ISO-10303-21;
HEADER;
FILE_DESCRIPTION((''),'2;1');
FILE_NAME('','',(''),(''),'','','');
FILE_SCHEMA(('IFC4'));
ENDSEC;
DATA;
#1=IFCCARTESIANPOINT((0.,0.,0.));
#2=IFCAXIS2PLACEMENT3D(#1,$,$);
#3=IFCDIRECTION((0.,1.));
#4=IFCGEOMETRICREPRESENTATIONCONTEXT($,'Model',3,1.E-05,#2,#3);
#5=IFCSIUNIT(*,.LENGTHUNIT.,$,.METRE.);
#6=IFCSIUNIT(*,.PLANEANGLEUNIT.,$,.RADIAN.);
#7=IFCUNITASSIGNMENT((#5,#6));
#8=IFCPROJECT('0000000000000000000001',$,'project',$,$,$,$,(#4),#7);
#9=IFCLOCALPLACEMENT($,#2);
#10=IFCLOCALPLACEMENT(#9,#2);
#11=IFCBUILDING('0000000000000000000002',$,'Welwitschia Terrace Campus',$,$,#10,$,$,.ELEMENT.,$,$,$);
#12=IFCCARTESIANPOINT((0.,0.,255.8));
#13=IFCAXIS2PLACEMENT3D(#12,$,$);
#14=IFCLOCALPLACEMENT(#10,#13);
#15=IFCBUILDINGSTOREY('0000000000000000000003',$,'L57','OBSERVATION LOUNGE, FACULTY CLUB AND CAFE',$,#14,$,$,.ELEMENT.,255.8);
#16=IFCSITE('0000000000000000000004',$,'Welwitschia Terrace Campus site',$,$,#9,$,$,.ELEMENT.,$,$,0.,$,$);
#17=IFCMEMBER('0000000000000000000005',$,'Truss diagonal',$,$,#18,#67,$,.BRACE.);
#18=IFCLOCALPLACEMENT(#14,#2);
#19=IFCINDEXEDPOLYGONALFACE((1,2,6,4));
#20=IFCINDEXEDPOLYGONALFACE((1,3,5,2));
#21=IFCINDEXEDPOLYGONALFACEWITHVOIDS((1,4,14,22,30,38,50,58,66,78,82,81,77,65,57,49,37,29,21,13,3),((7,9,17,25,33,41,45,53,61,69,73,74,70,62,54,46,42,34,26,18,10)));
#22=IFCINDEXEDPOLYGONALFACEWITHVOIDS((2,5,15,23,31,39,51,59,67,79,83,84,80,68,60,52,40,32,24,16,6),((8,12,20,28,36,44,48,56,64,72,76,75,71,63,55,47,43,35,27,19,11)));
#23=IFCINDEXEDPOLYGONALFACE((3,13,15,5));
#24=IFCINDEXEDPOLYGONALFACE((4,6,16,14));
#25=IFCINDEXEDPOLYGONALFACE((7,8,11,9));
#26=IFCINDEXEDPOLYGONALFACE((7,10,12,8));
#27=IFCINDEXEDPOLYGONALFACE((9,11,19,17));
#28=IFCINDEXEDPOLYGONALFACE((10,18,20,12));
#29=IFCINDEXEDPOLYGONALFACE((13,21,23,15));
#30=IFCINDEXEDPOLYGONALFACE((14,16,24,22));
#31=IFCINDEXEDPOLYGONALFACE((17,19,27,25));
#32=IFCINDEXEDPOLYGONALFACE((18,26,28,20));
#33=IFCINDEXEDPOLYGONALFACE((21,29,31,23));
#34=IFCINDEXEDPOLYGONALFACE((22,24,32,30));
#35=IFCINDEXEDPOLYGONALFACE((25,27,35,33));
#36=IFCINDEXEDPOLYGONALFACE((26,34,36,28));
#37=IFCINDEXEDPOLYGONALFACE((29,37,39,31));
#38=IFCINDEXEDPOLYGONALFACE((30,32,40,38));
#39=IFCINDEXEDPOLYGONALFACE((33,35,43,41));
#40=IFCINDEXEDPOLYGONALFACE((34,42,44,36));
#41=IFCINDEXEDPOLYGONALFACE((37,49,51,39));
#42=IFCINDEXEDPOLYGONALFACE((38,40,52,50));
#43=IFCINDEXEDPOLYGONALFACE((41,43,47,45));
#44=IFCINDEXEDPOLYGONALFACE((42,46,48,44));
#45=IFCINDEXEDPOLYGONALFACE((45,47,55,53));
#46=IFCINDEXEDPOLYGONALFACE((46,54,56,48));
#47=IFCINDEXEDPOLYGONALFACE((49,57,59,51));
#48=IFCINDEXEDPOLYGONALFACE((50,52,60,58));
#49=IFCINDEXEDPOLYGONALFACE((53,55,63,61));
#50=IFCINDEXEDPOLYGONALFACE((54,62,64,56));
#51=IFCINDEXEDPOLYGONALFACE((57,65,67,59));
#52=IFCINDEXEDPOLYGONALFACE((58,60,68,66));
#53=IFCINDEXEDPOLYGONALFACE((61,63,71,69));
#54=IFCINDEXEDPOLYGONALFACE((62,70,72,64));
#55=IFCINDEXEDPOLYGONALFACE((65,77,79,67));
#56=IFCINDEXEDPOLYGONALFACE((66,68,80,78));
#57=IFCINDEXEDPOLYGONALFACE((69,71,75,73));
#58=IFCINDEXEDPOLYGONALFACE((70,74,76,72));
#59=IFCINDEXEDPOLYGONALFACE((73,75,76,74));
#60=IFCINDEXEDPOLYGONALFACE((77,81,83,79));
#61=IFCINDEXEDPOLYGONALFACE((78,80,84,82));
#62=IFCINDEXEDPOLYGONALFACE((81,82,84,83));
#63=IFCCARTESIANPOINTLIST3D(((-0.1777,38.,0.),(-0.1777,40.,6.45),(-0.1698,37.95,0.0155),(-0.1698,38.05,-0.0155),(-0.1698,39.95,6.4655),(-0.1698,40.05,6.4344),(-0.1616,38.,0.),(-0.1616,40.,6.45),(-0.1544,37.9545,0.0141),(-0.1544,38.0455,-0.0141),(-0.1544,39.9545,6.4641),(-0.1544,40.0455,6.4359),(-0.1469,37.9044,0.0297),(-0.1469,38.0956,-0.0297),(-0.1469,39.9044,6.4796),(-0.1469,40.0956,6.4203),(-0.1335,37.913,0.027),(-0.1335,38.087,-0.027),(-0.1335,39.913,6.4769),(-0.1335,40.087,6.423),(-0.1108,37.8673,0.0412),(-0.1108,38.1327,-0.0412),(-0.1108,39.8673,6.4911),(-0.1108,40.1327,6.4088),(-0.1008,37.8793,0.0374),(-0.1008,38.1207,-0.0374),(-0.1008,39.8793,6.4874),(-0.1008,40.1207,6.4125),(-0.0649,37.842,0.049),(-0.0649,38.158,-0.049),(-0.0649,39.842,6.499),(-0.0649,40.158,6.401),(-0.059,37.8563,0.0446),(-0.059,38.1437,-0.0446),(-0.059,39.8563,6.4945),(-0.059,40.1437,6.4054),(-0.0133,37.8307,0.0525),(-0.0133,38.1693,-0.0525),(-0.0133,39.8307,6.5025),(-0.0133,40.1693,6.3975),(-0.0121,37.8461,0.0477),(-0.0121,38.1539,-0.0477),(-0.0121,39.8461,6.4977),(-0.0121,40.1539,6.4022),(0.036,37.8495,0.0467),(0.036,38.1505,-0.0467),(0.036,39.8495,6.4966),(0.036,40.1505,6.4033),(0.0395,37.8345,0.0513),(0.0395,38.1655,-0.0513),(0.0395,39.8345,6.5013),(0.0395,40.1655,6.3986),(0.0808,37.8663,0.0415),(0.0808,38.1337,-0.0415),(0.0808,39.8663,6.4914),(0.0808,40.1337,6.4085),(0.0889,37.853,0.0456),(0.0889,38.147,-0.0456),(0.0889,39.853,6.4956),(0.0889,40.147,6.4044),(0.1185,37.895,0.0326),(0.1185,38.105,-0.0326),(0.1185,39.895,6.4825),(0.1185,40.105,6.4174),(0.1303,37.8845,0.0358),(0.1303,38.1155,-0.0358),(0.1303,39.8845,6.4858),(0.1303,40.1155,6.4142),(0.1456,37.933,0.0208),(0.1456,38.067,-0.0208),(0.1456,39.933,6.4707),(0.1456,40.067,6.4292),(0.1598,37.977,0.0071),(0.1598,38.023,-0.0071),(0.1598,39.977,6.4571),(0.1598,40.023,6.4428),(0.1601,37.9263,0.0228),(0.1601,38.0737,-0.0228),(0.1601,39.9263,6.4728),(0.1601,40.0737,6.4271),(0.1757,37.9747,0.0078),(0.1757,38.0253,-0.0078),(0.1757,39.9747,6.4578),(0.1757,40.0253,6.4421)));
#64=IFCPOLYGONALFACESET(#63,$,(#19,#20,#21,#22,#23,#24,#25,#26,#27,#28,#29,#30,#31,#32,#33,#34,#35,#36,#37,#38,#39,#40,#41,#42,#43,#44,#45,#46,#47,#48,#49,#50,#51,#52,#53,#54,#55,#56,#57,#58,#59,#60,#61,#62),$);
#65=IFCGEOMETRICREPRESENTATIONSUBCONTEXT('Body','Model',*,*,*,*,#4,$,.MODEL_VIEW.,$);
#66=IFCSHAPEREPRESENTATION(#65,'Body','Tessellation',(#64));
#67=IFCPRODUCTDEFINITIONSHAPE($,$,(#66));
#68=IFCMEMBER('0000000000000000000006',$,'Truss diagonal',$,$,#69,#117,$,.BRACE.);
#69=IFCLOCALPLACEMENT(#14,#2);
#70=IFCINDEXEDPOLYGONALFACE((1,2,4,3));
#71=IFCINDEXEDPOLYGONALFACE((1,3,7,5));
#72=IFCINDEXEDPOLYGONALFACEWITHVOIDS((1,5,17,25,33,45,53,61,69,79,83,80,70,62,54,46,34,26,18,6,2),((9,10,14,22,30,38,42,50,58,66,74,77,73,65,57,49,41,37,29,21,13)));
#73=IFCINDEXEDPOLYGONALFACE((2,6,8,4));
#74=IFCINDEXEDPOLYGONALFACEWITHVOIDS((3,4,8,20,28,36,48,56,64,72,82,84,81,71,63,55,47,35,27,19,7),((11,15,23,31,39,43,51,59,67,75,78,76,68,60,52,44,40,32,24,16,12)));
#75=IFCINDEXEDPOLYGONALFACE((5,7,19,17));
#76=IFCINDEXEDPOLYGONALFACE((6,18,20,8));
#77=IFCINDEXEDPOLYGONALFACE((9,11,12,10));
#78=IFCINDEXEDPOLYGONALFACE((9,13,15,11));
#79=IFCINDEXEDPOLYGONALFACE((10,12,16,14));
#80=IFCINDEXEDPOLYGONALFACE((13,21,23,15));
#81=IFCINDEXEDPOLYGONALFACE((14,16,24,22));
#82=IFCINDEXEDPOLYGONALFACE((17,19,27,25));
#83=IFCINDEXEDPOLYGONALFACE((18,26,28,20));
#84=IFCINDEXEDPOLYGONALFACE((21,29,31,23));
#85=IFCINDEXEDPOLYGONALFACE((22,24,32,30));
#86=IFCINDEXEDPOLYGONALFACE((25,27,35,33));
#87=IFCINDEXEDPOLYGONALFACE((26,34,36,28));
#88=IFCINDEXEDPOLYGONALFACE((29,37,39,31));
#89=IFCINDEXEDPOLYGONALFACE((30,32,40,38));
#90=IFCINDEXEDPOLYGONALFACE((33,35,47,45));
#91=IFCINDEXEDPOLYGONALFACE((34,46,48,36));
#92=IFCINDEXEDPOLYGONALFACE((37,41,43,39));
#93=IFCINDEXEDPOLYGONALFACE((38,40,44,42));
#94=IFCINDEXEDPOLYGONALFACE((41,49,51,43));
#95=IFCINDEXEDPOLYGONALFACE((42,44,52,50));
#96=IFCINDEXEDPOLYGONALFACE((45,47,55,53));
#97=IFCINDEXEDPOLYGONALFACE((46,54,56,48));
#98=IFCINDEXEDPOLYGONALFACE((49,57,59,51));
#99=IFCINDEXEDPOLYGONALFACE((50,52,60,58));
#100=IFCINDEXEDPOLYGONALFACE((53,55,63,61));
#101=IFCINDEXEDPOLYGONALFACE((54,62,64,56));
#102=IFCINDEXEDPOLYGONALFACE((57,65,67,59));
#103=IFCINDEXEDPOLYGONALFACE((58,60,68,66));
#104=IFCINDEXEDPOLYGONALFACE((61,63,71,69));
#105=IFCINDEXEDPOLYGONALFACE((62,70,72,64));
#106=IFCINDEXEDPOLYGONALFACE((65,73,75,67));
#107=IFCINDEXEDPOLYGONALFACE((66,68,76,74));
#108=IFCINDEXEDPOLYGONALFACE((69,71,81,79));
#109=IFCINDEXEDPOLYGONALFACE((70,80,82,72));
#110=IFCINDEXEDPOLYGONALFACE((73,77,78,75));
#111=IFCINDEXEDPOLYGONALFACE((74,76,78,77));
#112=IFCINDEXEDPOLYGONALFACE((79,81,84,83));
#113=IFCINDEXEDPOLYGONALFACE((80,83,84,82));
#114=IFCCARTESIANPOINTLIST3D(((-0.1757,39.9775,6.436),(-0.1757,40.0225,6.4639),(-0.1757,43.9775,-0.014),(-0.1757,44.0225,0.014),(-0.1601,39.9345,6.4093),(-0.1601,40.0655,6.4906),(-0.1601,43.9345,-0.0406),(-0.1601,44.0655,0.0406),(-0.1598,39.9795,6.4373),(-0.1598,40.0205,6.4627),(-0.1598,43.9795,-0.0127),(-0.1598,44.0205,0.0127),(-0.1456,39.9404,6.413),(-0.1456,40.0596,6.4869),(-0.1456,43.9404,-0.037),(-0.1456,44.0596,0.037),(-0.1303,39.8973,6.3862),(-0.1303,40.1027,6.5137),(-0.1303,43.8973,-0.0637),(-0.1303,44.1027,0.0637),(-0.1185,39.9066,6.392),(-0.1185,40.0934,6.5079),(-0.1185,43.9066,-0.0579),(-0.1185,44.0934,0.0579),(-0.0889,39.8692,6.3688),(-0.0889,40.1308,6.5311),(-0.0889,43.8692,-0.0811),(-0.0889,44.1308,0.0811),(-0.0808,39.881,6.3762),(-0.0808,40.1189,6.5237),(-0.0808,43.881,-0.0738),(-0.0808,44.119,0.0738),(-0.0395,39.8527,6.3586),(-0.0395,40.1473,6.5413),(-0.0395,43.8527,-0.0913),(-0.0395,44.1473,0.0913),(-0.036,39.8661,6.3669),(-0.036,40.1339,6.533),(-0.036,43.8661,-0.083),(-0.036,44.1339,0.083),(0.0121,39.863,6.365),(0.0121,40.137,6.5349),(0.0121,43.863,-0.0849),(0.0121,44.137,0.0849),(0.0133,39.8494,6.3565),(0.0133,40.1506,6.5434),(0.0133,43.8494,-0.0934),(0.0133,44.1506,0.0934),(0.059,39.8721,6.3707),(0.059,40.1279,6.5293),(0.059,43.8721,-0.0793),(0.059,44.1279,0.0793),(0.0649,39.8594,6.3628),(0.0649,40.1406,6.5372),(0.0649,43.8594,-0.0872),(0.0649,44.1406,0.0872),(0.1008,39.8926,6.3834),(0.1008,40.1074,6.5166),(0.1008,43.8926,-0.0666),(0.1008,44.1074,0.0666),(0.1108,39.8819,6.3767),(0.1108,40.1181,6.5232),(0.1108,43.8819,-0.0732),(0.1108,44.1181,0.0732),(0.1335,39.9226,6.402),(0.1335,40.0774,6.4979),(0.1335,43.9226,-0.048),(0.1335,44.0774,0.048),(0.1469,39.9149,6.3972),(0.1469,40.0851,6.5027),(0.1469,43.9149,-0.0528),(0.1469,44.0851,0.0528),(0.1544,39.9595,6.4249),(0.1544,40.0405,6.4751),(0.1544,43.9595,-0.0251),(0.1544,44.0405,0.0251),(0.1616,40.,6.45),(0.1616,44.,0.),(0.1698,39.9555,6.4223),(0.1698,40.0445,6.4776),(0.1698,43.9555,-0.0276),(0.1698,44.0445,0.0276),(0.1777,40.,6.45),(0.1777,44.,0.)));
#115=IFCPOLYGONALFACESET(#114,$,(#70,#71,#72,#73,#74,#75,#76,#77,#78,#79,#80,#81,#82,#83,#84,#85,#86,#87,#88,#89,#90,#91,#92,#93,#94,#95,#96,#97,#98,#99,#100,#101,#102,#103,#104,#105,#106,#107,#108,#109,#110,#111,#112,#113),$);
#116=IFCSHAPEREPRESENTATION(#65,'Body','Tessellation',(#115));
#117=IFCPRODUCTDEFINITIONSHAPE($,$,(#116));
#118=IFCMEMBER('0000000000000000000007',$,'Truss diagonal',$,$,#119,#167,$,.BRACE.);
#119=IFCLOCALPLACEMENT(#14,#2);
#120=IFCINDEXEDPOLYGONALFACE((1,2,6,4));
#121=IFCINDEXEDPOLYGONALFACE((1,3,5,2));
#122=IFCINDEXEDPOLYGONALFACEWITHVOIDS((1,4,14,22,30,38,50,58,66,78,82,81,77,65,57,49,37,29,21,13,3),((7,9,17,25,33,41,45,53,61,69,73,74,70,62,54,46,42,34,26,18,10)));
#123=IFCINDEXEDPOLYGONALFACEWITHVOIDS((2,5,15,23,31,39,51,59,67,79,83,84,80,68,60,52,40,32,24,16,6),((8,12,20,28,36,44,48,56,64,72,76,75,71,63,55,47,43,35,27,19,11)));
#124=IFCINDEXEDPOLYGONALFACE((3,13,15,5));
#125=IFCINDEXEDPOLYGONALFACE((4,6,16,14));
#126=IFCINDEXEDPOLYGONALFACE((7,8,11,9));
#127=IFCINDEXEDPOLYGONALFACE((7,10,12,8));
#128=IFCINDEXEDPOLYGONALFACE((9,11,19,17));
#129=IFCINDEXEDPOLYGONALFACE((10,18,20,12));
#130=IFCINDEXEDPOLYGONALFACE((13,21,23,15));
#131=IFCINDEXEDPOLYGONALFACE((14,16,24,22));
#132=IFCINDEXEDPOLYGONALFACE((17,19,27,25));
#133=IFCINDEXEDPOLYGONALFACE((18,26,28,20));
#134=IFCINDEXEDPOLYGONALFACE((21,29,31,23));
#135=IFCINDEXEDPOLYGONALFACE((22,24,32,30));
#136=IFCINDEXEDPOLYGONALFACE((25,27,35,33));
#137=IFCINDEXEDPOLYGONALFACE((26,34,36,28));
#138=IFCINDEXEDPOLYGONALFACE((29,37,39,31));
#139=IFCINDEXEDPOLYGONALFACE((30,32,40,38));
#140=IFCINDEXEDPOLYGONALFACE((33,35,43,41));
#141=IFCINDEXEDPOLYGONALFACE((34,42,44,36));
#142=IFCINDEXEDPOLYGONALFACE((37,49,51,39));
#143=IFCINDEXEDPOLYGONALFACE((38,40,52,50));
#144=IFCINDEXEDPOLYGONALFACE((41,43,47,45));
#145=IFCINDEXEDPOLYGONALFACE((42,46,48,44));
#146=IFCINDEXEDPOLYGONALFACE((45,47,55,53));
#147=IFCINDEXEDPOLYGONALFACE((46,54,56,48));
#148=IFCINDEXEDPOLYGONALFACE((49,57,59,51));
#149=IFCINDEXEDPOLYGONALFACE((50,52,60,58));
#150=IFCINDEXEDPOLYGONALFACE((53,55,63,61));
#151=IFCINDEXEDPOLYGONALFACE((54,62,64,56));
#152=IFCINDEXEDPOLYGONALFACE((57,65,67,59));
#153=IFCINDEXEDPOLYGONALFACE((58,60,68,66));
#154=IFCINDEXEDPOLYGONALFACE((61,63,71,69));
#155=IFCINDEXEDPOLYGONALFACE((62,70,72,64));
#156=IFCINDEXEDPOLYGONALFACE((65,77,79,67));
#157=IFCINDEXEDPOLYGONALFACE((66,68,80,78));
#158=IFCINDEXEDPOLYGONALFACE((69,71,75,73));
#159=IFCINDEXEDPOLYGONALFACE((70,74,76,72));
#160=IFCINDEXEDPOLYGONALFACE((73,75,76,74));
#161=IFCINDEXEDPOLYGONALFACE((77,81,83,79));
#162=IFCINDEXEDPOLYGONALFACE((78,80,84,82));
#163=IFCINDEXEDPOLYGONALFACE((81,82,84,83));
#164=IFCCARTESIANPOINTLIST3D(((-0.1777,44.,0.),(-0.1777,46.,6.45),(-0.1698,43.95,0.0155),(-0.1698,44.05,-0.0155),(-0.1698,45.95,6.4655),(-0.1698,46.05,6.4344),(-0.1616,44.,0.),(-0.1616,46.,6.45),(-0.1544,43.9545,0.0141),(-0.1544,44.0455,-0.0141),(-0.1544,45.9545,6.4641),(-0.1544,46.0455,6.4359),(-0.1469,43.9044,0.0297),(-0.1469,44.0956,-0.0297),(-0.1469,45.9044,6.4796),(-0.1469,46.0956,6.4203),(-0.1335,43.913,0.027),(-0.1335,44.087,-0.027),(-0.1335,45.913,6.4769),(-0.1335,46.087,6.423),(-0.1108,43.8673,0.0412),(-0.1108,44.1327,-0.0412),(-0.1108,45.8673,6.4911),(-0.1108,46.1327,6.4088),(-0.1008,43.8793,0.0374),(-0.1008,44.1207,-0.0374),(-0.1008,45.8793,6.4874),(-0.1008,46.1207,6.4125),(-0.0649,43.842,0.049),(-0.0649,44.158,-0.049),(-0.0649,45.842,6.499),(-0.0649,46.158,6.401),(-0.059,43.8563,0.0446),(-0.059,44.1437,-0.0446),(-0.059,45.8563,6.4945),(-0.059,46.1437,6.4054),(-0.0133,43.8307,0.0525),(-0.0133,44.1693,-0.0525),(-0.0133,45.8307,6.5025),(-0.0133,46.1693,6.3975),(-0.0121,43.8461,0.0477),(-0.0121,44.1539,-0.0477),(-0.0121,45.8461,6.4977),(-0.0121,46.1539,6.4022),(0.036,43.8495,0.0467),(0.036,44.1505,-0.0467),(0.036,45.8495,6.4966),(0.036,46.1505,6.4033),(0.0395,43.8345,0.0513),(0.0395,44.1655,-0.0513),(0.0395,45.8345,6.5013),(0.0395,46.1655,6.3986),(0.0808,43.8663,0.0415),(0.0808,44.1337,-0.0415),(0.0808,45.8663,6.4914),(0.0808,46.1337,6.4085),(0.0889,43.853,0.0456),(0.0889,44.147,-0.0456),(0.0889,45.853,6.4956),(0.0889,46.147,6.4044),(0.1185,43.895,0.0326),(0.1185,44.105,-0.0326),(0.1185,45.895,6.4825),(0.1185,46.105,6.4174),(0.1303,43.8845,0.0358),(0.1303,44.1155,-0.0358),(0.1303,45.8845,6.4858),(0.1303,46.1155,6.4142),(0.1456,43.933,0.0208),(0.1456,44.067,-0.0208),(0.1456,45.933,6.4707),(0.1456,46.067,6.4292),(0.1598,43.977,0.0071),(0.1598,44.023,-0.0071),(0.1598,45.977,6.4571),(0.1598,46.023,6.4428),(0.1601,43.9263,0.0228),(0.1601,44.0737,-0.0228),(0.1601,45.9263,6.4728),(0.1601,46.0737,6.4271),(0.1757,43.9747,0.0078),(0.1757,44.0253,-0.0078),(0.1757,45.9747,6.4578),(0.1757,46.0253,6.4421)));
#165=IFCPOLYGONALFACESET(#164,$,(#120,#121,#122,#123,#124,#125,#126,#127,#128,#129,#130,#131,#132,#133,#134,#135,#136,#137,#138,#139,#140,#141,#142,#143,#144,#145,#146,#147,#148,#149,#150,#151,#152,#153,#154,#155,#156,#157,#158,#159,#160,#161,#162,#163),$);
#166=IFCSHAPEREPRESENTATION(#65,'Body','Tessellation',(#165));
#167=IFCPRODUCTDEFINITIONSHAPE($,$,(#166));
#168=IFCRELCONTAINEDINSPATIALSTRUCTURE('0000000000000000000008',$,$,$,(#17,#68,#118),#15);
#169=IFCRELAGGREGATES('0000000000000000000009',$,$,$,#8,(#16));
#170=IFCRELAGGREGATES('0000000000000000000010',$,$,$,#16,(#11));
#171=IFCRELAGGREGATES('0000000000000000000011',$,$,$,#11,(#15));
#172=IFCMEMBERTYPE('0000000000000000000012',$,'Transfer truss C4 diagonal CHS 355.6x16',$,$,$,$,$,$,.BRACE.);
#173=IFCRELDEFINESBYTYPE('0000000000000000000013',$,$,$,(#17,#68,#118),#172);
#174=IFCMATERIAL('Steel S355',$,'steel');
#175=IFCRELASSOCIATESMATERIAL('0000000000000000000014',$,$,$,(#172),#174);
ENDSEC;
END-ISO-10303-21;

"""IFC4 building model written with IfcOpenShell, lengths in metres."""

from ifc_helpers import new_model, si_unit, direction, frame, origin, origin_2d, place, context, subcontext, project, spatial, hollow_circle, extrude, material, material_profile, profile_set, type_object, element, save


model = new_model("IFC4")

# Units and contexts
model_context = context("Model", 3, precision=1e-05, world=origin(), true_north=direction((0.0, 1.0)))
body_context = subcontext(model_context, "Body", "Model", "MODEL_VIEW")
ifc_project = project(units=[si_unit("LENGTHUNIT", "METRE"), si_unit("PLANEANGLEUNIT", "RADIAN")], contexts=[model_context])

# Site, building, storey
site_placement = place(None, origin())
site = spatial("IfcSite", under=ifc_project, at=site_placement, Name="Welwitschia Terrace Campus site", CompositionType="ELEMENT", RefElevation=0.0)
building_placement = place(site_placement, origin())
building = spatial("IfcBuilding", under=site, at=building_placement, Name="Welwitschia Terrace Campus", CompositionType="ELEMENT")
storey_placement = place(building_placement, frame((0.0, 0.0, 255.8)))
storey = spatial("IfcBuildingStorey", under=building, at=storey_placement, Name="L57", Description="OBSERVATION LOUNGE, FACULTY CLUB AND CAFE", CompositionType="ELEMENT", Elevation=255.8)

# Members
ifc_material_1 = material(Name="Steel S355", Category="steel")
ifc_material_profile_1 = material_profile(ifc_material_1, hollow_circle(Radius=0.1777, WallThickness=0.0161, at=origin_2d()))
ifc_profile_set_1 = profile_set([ifc_material_profile_1], Name="Steel S355")
member_type_1 = type_object("IfcMemberType", Name="Transfer truss C4 diagonal CHS 355.6x16", PredefinedType="BRACE", material=ifc_profile_set_1)
member_1_placement = place(storey_placement, frame((0.0, 38.0, 0.0), z_axis=(0.0, 0.296168, 0.955136), x_axis=(-1.0, 0.0, 0.0)))
element("IfcMember", 1, at=member_1_placement, inside=storey, type_object=member_type_1, Name="Truss diagonal", PredefinedType="BRACE", context=body_context, shape_type="SweptSolid", body=[
    extrude(hollow_circle(Radius=0.1777, WallThickness=0.0161, at=origin_2d()), origin(), (0.0, 0.0, 1.0), 6.7529),
])
member_2_placement = place(storey_placement, frame((0.0, 44.0, 0.0), z_axis=(0.0, -0.527038, 0.849842), x_axis=(1.0, 0.0, 0.0)))
element("IfcMember", 2, at=member_2_placement, inside=storey, type_object=member_type_1, Name="Truss diagonal", PredefinedType="BRACE", context=body_context, shape_type="SweptSolid", body=[
    extrude(hollow_circle(Radius=0.1777, WallThickness=0.0161, at=origin_2d()), origin(), (0.0, 0.0, 1.0), 7.5896),
])
member_3_placement = place(storey_placement, frame((0.0, 44.0, 0.0), z_axis=(0.0, 0.296168, 0.955136), x_axis=(-1.0, 0.0, 0.0)))
element("IfcMember", 3, at=member_3_placement, inside=storey, type_object=member_type_1, Name="Truss diagonal", PredefinedType="BRACE", context=body_context, shape_type="SweptSolid", body=[
    extrude(hollow_circle(Radius=0.1777, WallThickness=0.0161, at=origin_2d()), origin(), (0.0, 0.0, 1.0), 6.7529),
])

save(model, "model.ifc")
